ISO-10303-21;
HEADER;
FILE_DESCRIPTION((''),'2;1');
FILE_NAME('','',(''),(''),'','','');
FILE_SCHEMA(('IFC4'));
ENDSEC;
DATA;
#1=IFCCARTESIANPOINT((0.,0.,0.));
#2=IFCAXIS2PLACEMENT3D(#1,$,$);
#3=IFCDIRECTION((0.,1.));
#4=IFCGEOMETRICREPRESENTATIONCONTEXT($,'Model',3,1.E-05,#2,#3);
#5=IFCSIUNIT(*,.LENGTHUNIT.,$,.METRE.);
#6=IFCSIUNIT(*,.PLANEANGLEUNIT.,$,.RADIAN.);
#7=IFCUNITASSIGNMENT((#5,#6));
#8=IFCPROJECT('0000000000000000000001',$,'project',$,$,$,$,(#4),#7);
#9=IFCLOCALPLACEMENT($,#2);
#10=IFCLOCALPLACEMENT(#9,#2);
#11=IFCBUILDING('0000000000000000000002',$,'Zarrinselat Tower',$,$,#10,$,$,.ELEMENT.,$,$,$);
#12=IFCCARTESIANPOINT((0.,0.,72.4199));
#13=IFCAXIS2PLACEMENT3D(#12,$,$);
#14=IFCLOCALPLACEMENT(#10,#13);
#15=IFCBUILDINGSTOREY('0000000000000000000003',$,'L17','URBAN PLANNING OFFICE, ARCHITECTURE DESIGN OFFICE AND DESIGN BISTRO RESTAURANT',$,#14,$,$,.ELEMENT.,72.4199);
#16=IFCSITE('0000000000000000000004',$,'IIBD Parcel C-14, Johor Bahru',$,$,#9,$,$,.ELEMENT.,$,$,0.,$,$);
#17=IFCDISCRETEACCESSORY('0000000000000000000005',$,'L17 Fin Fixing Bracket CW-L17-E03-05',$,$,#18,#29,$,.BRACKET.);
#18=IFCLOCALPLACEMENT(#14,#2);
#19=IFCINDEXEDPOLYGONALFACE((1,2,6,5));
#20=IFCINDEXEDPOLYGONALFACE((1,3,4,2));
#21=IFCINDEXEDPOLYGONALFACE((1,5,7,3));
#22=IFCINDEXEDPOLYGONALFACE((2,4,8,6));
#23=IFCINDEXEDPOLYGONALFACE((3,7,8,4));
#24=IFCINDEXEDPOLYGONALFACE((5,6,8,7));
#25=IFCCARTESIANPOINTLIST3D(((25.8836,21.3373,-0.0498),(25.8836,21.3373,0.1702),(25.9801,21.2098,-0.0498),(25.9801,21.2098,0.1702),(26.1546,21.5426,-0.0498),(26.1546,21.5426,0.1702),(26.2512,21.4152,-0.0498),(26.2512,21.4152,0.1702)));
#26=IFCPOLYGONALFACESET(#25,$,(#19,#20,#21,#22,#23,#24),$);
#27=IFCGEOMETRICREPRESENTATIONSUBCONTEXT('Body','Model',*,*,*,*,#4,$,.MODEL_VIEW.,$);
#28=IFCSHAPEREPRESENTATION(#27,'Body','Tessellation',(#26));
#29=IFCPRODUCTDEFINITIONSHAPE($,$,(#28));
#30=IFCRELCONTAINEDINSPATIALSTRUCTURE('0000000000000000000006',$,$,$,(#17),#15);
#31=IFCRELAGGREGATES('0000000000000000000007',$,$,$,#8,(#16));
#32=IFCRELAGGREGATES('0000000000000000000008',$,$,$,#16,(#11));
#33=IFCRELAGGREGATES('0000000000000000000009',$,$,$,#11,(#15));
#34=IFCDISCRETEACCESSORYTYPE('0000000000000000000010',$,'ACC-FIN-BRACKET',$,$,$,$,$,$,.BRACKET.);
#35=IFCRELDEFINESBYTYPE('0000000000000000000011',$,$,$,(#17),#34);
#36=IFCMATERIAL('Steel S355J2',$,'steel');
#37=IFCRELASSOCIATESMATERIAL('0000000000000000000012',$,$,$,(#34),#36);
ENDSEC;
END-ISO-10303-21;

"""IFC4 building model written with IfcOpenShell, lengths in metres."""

from ifc_helpers import new_model, si_unit, direction, frame, origin, origin_2d, place, context, subcontext, project, spatial, rectangle, extrude, material, type_object, element, save


model = new_model("IFC4")

# Units and contexts
model_context = context("Model", 3, precision=1e-05, world=origin(), true_north=direction((0.0, 1.0)))
body_context = subcontext(model_context, "Body", "Model", "MODEL_VIEW")
ifc_project = project(units=[si_unit("LENGTHUNIT", "METRE"), si_unit("PLANEANGLEUNIT", "RADIAN")], contexts=[model_context])

# Site, building, storey
site_placement = place(None, origin())
site = spatial("IfcSite", under=ifc_project, at=site_placement, Name="IIBD Parcel C-14, Johor Bahru", CompositionType="ELEMENT", RefElevation=0.0)
building_placement = place(site_placement, origin())
building = spatial("IfcBuilding", under=site, at=building_placement, Name="Zarrinselat Tower", CompositionType="ELEMENT")
storey_placement = place(building_placement, frame((0.0, 0.0, 72.4199)))
storey = spatial("IfcBuildingStorey", under=building, at=storey_placement, Name="L17", Description="URBAN PLANNING OFFICE, ARCHITECTURE DESIGN OFFICE AND DESIGN BISTRO RESTAURANT", CompositionType="ELEMENT", Elevation=72.4199)

# Discrete accessory
ifc_material_1 = material(Name="Steel S355J2", Category="steel")
discrete_accessory_type = type_object("IfcDiscreteAccessoryType", Name="ACC-FIN-BRACKET", PredefinedType="BRACKET", material=ifc_material_1)
for number, where, z_axis, x_axis, name in (
    (1, (26.0674, 21.3762, -0.0498), (0.0, 0.0, 1.0), (-0.797094, -0.603855, 0.0), "L17 Fin Fixing Bracket CW-L17-E03-05"),
):
    element("IfcDiscreteAccessory", number, at=place(storey_placement, frame(where, z_axis=z_axis, x_axis=x_axis)), inside=storey, type_object=discrete_accessory_type, Name=name, PredefinedType="BRACKET", context=body_context, shape_type="SweptSolid", body=[
        extrude(rectangle(XDim=0.3401, YDim=0.1599, at=origin_2d()), origin(), (0.0, 0.0, 1.0), 0.22),
    ])

save(model, "model.ifc")
